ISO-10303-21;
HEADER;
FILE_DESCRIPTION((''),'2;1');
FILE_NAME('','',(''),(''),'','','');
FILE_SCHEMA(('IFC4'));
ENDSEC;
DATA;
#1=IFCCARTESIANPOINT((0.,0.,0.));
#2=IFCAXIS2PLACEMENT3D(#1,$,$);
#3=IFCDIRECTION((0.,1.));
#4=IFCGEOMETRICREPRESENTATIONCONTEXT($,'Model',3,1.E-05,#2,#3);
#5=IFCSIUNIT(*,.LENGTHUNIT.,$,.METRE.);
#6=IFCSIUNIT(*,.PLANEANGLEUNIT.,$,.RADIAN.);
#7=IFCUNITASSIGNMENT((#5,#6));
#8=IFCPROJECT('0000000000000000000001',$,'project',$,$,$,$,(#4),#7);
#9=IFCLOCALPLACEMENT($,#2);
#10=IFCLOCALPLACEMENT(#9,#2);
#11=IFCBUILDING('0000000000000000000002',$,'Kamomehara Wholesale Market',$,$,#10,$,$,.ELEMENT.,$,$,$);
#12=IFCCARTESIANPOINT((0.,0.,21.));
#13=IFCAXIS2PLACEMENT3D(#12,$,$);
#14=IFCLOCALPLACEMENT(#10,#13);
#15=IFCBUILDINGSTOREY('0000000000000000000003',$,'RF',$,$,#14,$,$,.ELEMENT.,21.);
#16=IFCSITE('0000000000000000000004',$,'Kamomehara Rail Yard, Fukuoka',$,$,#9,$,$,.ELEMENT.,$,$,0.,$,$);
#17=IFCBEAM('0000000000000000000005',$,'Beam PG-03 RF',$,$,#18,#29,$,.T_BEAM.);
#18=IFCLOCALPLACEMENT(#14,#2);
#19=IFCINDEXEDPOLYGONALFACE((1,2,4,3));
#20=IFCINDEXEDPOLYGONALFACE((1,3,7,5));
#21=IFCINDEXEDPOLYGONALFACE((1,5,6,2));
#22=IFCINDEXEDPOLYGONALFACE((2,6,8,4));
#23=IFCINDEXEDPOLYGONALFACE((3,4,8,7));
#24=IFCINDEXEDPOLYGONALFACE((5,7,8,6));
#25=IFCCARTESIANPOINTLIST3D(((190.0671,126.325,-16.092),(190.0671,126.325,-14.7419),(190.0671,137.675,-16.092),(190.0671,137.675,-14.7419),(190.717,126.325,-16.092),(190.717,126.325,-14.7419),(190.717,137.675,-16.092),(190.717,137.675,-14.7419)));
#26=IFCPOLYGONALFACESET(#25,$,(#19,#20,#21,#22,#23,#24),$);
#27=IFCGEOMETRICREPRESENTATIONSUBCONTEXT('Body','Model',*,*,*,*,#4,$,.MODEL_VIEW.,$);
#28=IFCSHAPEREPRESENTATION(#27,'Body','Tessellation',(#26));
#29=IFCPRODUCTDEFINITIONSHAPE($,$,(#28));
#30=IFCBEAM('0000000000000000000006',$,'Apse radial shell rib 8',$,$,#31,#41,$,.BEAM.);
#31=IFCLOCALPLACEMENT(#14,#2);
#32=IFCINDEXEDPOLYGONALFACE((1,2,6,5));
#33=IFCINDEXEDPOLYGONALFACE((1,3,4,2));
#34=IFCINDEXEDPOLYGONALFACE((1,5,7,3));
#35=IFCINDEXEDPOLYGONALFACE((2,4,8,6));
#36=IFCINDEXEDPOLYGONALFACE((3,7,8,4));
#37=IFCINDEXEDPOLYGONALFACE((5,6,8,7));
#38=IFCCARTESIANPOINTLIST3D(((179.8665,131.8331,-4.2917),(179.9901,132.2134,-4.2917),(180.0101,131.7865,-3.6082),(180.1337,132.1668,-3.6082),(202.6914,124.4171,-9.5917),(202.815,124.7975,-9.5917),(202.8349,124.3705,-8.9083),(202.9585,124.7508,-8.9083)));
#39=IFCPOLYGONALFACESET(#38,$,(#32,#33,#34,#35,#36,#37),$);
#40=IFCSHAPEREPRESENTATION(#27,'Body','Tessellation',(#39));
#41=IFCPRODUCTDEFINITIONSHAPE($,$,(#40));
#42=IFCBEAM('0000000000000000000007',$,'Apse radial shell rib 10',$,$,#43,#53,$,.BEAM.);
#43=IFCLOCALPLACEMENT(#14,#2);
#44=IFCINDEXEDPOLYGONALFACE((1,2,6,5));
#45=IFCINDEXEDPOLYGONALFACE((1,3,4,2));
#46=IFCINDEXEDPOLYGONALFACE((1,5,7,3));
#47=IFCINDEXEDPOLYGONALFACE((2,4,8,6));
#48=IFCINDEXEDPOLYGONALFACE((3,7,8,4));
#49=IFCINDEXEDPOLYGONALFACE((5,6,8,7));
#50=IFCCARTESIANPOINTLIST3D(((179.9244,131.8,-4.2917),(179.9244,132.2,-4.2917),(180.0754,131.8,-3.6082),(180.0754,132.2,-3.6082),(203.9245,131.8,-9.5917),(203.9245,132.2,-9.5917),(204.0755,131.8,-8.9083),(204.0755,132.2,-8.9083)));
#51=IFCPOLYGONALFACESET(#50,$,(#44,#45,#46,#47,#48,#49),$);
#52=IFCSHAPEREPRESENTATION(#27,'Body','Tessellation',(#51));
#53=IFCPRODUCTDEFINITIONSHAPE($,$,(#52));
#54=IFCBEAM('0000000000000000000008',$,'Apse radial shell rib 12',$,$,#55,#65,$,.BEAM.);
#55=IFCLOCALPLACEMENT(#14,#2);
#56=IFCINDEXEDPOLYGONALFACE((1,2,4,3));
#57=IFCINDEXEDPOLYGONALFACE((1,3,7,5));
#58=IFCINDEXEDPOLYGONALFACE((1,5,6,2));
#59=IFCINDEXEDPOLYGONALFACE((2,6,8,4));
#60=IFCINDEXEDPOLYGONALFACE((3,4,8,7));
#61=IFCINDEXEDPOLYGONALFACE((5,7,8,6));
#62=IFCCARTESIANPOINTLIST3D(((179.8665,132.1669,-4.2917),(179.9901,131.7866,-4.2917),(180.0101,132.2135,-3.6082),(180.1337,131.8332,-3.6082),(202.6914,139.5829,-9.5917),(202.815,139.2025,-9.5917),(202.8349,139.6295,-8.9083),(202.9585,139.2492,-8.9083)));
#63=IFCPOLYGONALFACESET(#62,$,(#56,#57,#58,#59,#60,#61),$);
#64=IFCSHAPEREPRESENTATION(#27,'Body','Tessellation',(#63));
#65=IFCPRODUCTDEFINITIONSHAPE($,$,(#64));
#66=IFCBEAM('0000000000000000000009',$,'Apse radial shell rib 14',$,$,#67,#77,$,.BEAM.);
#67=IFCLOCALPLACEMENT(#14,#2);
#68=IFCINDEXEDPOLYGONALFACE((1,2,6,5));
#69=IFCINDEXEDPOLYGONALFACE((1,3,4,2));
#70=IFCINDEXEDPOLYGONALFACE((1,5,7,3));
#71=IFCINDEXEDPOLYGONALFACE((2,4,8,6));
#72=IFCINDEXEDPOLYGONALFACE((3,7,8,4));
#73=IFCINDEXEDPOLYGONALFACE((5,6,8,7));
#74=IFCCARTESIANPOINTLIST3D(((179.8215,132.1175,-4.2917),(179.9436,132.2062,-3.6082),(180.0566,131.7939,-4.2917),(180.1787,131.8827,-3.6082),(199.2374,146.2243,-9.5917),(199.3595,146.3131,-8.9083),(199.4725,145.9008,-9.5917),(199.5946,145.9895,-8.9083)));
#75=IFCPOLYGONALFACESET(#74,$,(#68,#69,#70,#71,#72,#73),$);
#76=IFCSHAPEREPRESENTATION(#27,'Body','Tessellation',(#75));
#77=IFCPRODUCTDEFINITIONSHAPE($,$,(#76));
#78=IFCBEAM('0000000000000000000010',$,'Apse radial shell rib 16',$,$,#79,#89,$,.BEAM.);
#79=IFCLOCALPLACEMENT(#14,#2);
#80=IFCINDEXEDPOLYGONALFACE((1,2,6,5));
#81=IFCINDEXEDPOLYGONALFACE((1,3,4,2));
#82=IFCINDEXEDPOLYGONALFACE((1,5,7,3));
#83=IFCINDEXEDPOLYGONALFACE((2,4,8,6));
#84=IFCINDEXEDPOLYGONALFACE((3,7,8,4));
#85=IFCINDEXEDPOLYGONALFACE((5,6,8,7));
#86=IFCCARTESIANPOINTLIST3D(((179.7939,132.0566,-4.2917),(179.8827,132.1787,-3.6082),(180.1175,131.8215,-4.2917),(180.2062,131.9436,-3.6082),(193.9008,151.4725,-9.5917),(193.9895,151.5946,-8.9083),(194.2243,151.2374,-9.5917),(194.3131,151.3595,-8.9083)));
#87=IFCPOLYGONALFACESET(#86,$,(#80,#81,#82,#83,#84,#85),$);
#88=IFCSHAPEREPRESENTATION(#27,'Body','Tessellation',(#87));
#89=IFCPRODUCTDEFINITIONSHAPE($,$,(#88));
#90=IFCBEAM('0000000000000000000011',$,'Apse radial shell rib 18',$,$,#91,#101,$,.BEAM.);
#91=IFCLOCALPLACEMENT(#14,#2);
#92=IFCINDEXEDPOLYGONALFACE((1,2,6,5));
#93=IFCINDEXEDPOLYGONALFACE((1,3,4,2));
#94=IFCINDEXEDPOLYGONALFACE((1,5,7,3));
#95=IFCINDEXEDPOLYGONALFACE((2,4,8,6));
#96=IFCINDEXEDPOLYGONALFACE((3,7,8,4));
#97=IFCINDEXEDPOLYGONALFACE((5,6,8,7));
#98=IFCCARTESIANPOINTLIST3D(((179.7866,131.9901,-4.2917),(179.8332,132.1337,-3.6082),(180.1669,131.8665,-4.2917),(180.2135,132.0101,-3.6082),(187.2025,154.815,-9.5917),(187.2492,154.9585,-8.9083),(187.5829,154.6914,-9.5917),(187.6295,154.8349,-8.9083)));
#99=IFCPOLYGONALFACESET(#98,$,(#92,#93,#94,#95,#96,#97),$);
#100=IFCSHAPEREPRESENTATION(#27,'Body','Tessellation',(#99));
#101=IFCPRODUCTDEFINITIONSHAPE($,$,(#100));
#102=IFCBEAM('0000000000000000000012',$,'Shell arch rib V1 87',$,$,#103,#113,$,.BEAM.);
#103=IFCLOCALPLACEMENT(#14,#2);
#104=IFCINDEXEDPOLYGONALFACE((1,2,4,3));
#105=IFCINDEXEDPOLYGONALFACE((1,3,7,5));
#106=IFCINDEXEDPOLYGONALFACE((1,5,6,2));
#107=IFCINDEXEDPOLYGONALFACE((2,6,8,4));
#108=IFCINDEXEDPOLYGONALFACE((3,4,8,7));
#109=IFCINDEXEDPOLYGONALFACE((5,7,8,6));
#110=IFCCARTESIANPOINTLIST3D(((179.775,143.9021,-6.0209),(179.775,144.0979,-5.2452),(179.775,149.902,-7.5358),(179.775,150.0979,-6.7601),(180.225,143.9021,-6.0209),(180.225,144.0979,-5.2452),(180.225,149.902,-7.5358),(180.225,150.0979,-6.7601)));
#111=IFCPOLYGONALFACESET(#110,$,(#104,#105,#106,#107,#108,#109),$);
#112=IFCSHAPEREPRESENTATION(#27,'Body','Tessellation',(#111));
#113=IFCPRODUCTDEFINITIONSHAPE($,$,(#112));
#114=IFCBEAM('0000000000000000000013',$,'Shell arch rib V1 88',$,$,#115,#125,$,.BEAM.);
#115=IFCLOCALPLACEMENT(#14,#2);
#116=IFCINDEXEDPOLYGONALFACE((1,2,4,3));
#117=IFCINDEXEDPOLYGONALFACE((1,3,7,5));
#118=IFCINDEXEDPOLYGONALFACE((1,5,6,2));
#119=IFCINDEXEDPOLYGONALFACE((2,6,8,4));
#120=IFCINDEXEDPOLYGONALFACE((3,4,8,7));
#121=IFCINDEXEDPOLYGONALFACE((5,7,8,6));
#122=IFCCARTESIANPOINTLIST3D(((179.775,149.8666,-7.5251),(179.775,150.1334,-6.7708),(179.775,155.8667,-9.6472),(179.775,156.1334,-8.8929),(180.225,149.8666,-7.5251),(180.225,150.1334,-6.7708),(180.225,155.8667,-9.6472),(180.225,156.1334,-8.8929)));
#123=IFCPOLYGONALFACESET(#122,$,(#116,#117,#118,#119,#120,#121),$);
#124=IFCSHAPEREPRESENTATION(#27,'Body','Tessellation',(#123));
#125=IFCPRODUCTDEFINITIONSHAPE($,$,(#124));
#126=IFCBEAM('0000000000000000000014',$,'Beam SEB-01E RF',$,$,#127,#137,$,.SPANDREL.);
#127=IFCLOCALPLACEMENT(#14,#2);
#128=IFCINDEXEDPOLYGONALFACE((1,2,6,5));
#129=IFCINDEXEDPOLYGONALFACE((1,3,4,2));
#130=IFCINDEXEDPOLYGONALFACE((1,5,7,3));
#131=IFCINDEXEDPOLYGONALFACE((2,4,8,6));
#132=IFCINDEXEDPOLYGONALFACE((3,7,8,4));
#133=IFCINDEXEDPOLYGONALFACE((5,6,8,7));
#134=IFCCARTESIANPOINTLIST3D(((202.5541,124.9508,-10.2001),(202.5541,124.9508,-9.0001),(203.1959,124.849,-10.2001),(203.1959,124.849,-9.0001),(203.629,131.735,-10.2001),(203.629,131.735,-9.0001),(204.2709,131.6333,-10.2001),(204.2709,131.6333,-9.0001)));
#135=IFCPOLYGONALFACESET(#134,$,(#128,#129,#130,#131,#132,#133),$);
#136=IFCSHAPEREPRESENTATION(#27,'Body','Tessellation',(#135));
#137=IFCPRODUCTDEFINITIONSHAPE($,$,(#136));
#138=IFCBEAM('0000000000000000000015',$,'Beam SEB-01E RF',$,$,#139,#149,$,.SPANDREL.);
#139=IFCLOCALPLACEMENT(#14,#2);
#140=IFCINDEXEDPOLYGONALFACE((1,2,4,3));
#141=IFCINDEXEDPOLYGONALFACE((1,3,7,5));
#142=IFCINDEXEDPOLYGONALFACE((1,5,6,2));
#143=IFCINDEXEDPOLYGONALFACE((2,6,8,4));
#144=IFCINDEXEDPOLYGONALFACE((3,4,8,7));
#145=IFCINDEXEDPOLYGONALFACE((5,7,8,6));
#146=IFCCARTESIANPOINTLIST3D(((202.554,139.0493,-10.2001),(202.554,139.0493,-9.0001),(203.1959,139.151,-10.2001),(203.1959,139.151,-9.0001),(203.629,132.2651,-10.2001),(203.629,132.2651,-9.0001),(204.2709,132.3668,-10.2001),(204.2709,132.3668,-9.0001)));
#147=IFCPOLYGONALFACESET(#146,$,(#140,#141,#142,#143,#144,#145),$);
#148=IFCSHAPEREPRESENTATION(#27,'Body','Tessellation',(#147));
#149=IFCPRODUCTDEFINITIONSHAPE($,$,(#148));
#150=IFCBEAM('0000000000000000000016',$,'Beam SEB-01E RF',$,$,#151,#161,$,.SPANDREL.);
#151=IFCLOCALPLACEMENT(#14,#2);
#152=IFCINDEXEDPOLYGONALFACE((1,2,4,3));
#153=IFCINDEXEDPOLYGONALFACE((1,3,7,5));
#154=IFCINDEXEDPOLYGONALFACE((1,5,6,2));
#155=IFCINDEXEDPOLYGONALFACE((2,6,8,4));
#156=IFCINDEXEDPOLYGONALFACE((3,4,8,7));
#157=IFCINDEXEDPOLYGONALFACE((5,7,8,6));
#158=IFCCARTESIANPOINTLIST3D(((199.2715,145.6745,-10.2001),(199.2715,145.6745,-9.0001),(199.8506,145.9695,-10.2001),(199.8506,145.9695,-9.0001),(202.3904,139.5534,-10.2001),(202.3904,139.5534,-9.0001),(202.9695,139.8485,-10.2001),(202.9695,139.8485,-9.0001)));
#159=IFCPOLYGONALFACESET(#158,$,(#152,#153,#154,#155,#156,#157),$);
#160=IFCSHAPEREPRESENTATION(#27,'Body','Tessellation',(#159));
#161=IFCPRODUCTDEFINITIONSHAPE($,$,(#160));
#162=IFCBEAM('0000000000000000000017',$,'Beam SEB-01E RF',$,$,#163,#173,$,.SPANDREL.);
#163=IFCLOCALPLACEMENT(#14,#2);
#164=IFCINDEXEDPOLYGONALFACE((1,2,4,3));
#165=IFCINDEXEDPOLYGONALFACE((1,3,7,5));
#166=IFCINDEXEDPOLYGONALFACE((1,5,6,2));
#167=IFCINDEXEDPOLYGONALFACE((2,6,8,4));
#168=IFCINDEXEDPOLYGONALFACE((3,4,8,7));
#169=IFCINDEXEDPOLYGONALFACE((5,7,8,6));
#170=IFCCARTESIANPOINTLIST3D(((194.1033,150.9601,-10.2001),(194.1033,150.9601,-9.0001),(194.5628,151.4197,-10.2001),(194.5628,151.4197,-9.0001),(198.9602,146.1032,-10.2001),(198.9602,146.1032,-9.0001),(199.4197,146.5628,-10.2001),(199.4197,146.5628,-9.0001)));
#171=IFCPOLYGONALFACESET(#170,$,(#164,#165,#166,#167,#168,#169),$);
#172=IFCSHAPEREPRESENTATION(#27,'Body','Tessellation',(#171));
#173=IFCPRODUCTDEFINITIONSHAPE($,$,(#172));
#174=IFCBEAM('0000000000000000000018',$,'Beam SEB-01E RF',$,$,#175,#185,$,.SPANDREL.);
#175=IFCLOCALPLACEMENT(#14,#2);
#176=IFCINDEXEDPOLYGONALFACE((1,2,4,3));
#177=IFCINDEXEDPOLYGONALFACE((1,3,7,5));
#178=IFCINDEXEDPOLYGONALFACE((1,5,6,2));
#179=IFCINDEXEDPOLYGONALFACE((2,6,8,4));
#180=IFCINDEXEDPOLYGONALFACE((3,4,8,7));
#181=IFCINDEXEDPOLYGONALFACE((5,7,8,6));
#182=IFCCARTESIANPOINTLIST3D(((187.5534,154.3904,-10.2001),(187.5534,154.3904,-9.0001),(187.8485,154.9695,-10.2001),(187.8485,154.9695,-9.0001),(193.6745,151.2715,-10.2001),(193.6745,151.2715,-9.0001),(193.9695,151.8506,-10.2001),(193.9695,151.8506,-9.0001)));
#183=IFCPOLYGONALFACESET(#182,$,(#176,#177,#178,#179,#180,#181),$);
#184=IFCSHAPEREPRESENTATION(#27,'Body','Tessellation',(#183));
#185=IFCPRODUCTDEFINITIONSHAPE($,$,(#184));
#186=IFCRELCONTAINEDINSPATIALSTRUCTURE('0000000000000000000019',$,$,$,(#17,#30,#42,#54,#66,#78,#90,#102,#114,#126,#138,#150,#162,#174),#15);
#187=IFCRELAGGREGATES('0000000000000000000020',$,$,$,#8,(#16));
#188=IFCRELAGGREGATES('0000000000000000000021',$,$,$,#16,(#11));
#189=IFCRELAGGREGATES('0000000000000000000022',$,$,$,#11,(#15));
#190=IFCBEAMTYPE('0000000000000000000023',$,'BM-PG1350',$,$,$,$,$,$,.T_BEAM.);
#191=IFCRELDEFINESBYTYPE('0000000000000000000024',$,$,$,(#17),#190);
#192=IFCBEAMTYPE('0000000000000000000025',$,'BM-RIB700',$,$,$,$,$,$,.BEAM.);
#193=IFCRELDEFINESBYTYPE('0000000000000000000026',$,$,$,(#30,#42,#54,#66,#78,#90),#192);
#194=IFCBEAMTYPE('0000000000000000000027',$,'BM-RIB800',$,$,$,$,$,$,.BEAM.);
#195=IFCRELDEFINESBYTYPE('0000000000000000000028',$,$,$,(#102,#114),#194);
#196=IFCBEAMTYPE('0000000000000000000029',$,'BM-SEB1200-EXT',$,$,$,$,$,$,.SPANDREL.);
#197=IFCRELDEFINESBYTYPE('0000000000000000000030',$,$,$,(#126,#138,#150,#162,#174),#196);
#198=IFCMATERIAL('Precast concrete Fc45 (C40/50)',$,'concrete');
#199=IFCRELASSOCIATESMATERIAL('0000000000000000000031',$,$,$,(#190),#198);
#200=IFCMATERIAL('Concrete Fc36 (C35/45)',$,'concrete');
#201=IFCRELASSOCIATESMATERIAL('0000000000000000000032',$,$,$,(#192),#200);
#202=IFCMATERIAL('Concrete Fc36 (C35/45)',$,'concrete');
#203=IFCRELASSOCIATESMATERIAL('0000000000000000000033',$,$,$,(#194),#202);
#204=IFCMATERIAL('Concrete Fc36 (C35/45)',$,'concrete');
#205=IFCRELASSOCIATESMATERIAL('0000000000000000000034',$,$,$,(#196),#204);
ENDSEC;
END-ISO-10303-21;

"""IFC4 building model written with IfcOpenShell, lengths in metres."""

from ifc_helpers import new_model, si_unit, direction, frame, origin, origin_2d, place, context, subcontext, project, spatial, rectangle, extrude, material, material_profile, profile_set, type_object, element, save


model = new_model("IFC4")

# Units and contexts
model_context = context("Model", 3, precision=1e-05, world=origin(), true_north=direction((0.0, 1.0)))
body_context = subcontext(model_context, "Body", "Model", "MODEL_VIEW")
ifc_project = project(units=[si_unit("LENGTHUNIT", "METRE"), si_unit("PLANEANGLEUNIT", "RADIAN")], contexts=[model_context])

# Site, building, storey
site_placement = place(None, origin())
site = spatial("IfcSite", under=ifc_project, at=site_placement, Name="Kamomehara Rail Yard, Fukuoka", CompositionType="ELEMENT", RefElevation=0.0)
building_placement = place(site_placement, origin())
building = spatial("IfcBuilding", under=site, at=building_placement, Name="Kamomehara Wholesale Market", CompositionType="ELEMENT")
storey_placement = place(building_placement, frame((0.0, 0.0, 21.0)))
storey = spatial("IfcBuildingStorey", under=building, at=storey_placement, Name="RF", CompositionType="ELEMENT", Elevation=21.0)

# Beams
ifc_material_1 = material(Name="Precast concrete Fc45 (C40/50)", Category="concrete")
ifc_material_profile_1 = material_profile(ifc_material_1, rectangle(XDim=0.6499, YDim=1.3501, at=origin_2d()), Name="PC-GRD-650x1350")
ifc_profile_set_1 = profile_set([ifc_material_profile_1], Name="Precast concrete Fc45 (C40/50)")
beam_type_1 = type_object("IfcBeamType", Name="BM-PG1350", PredefinedType="T_BEAM", material=ifc_profile_set_1)
beam_1_placement = place(storey_placement, frame((190.3921, 126.325, -15.417), z_axis=(0.0, 1.0, 0.0), x_axis=(-1.0, 0.0, 0.0)))
element("IfcBeam", 1, at=beam_1_placement, inside=storey, type_object=beam_type_1, Name="Beam PG-03 RF", PredefinedType="T_BEAM", context=body_context, shape_type="SweptSolid", body=[
    extrude(rectangle(XDim=0.6499, YDim=1.3501, at=origin_2d()), origin(), (0.0, 0.0, 1.0), 11.3501),
])
ifc_material_2 = material(Name="Concrete Fc36 (C35/45)", Category="concrete")
ifc_material_profile_2 = material_profile(ifc_material_2, rectangle(XDim=0.3999, YDim=0.7, at=origin_2d()), Name="RC-RIB-400x700")
ifc_profile_set_2 = profile_set([ifc_material_profile_2], Name="Concrete Fc36 (C35/45)")
beam_type_2 = type_object("IfcBeamType", Name="BM-RIB700", PredefinedType="BEAM", material=ifc_profile_set_2)
beam_2_placement = place(storey_placement, frame((202.825, 124.584, -9.25), z_axis=(-0.928683, 0.301737, 0.215644), x_axis=(-0.309007, -0.95106, 0.0)))
element("IfcBeam", 2, at=beam_2_placement, inside=storey, type_object=beam_type_2, Name="Apse radial shell rib 8", PredefinedType="BEAM", context=body_context, shape_type="SweptSolid", body=[
    extrude(rectangle(XDim=0.3999, YDim=0.7, at=origin_2d()), origin(), (0.0, 0.0, 1.0), 24.5776),
])
beam_3_placement = place(storey_placement, frame((204.0, 132.0, -9.25), z_axis=(-0.976473, 0.0, 0.21564), x_axis=(0.0, -1.0, 0.0)))
element("IfcBeam", 3, at=beam_3_placement, inside=storey, type_object=beam_type_2, Name="Apse radial shell rib 10", PredefinedType="BEAM", context=body_context, shape_type="SweptSolid", body=[
    extrude(rectangle(XDim=0.3999, YDim=0.7, at=origin_2d()), origin(), (0.0, 0.0, 1.0), 24.5784),
])
beam_4_placement = place(storey_placement, frame((202.825, 139.416, -9.25), z_axis=(-0.928683, -0.301737, 0.215644), x_axis=(0.309007, -0.95106, 0.0)))
element("IfcBeam", 4, at=beam_4_placement, inside=storey, type_object=beam_type_2, Name="Apse radial shell rib 12", PredefinedType="BEAM", context=body_context, shape_type="SweptSolid", body=[
    extrude(rectangle(XDim=0.3999, YDim=0.7, at=origin_2d()), origin(), (0.0, 0.0, 1.0), 24.5776),
])
for number, where, z_axis, x_axis, name in (
    (5, (199.416, 146.1069, -9.25), (-0.789976, -0.573966, 0.215642), (0.587795, -0.80901, 0.0), "Apse radial shell rib 14"),
    (6, (194.1069, 151.416, -9.25), (-0.573966, -0.789976, 0.215642), (0.80901, -0.587795, 0.0), "Apse radial shell rib 16"),
):
    element("IfcBeam", number, at=place(storey_placement, frame(where, z_axis=z_axis, x_axis=x_axis)), inside=storey, type_object=beam_type_2, Name=name, PredefinedType="BEAM", context=body_context, shape_type="SweptSolid", body=[
        extrude(rectangle(XDim=0.3999, YDim=0.7, at=origin_2d()), origin(), (0.0, 0.0, 1.0), 24.5779),
    ])
beam_5_placement = place(storey_placement, frame((187.416, 154.825, -9.25), z_axis=(-0.301737, -0.928683, 0.215644), x_axis=(0.95106, -0.309007, 0.0)))
element("IfcBeam", 7, at=beam_5_placement, inside=storey, type_object=beam_type_2, Name="Apse radial shell rib 18", PredefinedType="BEAM", context=body_context, shape_type="SweptSolid", body=[
    extrude(rectangle(XDim=0.3999, YDim=0.7, at=origin_2d()), origin(), (0.0, 0.0, 1.0), 24.5776),
])
ifc_material_3 = material(Name="Concrete Fc36 (C35/45)", Category="concrete")
ifc_material_profile_3 = material_profile(ifc_material_3, rectangle(XDim=0.45, YDim=0.8, at=origin_2d()), Name="RC-RIB-450x800")
ifc_profile_set_3 = profile_set([ifc_material_profile_3], Name="Concrete Fc36 (C35/45)")
beam_type_3 = type_object("IfcBeamType", Name="BM-RIB800", PredefinedType="BEAM", material=ifc_profile_set_3)
beam_6_placement = place(storey_placement, frame((180.0, 144.0, -5.6331), z_axis=(0.0, 0.969574, -0.2448), x_axis=(-1.0, 0.0, 0.0)))
element("IfcBeam", 8, at=beam_6_placement, inside=storey, type_object=beam_type_3, Name="Shell arch rib V1 87", PredefinedType="BEAM", context=body_context, shape_type="SweptSolid", body=[
    extrude(rectangle(XDim=0.45, YDim=0.8, at=origin_2d()), origin(), (0.0, 0.0, 1.0), 6.1882),
])
beam_7_placement = place(storey_placement, frame((180.0, 150.0, -7.1479), z_axis=(0.0, 0.942772, -0.333438), x_axis=(-1.0, 0.0, 0.0)))
element("IfcBeam", 9, at=beam_7_placement, inside=storey, type_object=beam_type_3, Name="Shell arch rib V1 88", PredefinedType="BEAM", context=body_context, shape_type="SweptSolid", body=[
    extrude(rectangle(XDim=0.45, YDim=0.8, at=origin_2d()), origin(), (0.0, 0.0, 1.0), 6.3643),
])
ifc_material_4 = material(Name="Concrete Fc36 (C35/45)", Category="concrete")
ifc_material_profile_4 = material_profile(ifc_material_4, rectangle(XDim=0.6499, YDim=1.2, at=origin_2d()), Name="RC-SEB-650x1200")
ifc_profile_set_4 = profile_set([ifc_material_profile_4], Name="Concrete Fc36 (C35/45)")
beam_type_4 = type_object("IfcBeamType", Name="BM-SEB1200-EXT", PredefinedType="SPANDREL", material=ifc_profile_set_4)
for number, where, z_axis, x_axis, name in (
    (10, (202.875, 124.8999, -9.6001), (0.156497, 0.987678, 0.0), (-0.987678, 0.156497, 0.0), "Beam SEB-01E RF"),
    (11, (203.95, 132.3159, -9.6001), (-0.156497, 0.987678, 0.0), (-0.987678, -0.156497, 0.0), "Beam SEB-01E RF"),
):
    element("IfcBeam", number, at=place(storey_placement, frame(where, z_axis=z_axis, x_axis=x_axis)), inside=storey, type_object=beam_type_4, Name=name, PredefinedType="SPANDREL", context=body_context, shape_type="SweptSolid", body=[
        extrude(rectangle(XDim=0.6499, YDim=1.2, at=origin_2d()), origin(), (0.0, 0.0, 1.0), 6.8689),
    ])
beam_8_placement = place(storey_placement, frame((202.6799, 139.7009, -9.6001), z_axis=(-0.453996, 0.891004, 0.0), x_axis=(-0.891004, -0.453996, 0.0)))
element("IfcBeam", 12, at=beam_8_placement, inside=storey, type_object=beam_type_4, Name="Beam SEB-01E RF", PredefinedType="SPANDREL", context=body_context, shape_type="SweptSolid", body=[
    extrude(rectangle(XDim=0.6499, YDim=1.2, at=origin_2d()), origin(), (0.0, 0.0, 1.0), 6.8699),
])
beam_9_placement = place(storey_placement, frame((199.1899, 146.333, -9.6001), z_axis=(-0.707107, 0.707107, 0.0), x_axis=(-0.707107, -0.707107, 0.0)))
element("IfcBeam", 13, at=beam_9_placement, inside=storey, type_object=beam_type_4, Name="Beam SEB-01E RF", PredefinedType="SPANDREL", context=body_context, shape_type="SweptSolid", body=[
    extrude(rectangle(XDim=0.6499, YDim=1.2, at=origin_2d()), origin(), (0.0, 0.0, 1.0), 6.8687),
])
beam_10_placement = place(storey_placement, frame((193.822, 151.561, -9.6001), z_axis=(-0.891004, 0.453996, 0.0), x_axis=(-0.453996, -0.891004, 0.0)))
element("IfcBeam", 14, at=beam_10_placement, inside=storey, type_object=beam_type_4, Name="Beam SEB-01E RF", PredefinedType="SPANDREL", context=body_context, shape_type="SweptSolid", body=[
    extrude(rectangle(XDim=0.6499, YDim=1.2, at=origin_2d()), origin(), (0.0, 0.0, 1.0), 6.8699),
])

save(model, "model.ifc")
